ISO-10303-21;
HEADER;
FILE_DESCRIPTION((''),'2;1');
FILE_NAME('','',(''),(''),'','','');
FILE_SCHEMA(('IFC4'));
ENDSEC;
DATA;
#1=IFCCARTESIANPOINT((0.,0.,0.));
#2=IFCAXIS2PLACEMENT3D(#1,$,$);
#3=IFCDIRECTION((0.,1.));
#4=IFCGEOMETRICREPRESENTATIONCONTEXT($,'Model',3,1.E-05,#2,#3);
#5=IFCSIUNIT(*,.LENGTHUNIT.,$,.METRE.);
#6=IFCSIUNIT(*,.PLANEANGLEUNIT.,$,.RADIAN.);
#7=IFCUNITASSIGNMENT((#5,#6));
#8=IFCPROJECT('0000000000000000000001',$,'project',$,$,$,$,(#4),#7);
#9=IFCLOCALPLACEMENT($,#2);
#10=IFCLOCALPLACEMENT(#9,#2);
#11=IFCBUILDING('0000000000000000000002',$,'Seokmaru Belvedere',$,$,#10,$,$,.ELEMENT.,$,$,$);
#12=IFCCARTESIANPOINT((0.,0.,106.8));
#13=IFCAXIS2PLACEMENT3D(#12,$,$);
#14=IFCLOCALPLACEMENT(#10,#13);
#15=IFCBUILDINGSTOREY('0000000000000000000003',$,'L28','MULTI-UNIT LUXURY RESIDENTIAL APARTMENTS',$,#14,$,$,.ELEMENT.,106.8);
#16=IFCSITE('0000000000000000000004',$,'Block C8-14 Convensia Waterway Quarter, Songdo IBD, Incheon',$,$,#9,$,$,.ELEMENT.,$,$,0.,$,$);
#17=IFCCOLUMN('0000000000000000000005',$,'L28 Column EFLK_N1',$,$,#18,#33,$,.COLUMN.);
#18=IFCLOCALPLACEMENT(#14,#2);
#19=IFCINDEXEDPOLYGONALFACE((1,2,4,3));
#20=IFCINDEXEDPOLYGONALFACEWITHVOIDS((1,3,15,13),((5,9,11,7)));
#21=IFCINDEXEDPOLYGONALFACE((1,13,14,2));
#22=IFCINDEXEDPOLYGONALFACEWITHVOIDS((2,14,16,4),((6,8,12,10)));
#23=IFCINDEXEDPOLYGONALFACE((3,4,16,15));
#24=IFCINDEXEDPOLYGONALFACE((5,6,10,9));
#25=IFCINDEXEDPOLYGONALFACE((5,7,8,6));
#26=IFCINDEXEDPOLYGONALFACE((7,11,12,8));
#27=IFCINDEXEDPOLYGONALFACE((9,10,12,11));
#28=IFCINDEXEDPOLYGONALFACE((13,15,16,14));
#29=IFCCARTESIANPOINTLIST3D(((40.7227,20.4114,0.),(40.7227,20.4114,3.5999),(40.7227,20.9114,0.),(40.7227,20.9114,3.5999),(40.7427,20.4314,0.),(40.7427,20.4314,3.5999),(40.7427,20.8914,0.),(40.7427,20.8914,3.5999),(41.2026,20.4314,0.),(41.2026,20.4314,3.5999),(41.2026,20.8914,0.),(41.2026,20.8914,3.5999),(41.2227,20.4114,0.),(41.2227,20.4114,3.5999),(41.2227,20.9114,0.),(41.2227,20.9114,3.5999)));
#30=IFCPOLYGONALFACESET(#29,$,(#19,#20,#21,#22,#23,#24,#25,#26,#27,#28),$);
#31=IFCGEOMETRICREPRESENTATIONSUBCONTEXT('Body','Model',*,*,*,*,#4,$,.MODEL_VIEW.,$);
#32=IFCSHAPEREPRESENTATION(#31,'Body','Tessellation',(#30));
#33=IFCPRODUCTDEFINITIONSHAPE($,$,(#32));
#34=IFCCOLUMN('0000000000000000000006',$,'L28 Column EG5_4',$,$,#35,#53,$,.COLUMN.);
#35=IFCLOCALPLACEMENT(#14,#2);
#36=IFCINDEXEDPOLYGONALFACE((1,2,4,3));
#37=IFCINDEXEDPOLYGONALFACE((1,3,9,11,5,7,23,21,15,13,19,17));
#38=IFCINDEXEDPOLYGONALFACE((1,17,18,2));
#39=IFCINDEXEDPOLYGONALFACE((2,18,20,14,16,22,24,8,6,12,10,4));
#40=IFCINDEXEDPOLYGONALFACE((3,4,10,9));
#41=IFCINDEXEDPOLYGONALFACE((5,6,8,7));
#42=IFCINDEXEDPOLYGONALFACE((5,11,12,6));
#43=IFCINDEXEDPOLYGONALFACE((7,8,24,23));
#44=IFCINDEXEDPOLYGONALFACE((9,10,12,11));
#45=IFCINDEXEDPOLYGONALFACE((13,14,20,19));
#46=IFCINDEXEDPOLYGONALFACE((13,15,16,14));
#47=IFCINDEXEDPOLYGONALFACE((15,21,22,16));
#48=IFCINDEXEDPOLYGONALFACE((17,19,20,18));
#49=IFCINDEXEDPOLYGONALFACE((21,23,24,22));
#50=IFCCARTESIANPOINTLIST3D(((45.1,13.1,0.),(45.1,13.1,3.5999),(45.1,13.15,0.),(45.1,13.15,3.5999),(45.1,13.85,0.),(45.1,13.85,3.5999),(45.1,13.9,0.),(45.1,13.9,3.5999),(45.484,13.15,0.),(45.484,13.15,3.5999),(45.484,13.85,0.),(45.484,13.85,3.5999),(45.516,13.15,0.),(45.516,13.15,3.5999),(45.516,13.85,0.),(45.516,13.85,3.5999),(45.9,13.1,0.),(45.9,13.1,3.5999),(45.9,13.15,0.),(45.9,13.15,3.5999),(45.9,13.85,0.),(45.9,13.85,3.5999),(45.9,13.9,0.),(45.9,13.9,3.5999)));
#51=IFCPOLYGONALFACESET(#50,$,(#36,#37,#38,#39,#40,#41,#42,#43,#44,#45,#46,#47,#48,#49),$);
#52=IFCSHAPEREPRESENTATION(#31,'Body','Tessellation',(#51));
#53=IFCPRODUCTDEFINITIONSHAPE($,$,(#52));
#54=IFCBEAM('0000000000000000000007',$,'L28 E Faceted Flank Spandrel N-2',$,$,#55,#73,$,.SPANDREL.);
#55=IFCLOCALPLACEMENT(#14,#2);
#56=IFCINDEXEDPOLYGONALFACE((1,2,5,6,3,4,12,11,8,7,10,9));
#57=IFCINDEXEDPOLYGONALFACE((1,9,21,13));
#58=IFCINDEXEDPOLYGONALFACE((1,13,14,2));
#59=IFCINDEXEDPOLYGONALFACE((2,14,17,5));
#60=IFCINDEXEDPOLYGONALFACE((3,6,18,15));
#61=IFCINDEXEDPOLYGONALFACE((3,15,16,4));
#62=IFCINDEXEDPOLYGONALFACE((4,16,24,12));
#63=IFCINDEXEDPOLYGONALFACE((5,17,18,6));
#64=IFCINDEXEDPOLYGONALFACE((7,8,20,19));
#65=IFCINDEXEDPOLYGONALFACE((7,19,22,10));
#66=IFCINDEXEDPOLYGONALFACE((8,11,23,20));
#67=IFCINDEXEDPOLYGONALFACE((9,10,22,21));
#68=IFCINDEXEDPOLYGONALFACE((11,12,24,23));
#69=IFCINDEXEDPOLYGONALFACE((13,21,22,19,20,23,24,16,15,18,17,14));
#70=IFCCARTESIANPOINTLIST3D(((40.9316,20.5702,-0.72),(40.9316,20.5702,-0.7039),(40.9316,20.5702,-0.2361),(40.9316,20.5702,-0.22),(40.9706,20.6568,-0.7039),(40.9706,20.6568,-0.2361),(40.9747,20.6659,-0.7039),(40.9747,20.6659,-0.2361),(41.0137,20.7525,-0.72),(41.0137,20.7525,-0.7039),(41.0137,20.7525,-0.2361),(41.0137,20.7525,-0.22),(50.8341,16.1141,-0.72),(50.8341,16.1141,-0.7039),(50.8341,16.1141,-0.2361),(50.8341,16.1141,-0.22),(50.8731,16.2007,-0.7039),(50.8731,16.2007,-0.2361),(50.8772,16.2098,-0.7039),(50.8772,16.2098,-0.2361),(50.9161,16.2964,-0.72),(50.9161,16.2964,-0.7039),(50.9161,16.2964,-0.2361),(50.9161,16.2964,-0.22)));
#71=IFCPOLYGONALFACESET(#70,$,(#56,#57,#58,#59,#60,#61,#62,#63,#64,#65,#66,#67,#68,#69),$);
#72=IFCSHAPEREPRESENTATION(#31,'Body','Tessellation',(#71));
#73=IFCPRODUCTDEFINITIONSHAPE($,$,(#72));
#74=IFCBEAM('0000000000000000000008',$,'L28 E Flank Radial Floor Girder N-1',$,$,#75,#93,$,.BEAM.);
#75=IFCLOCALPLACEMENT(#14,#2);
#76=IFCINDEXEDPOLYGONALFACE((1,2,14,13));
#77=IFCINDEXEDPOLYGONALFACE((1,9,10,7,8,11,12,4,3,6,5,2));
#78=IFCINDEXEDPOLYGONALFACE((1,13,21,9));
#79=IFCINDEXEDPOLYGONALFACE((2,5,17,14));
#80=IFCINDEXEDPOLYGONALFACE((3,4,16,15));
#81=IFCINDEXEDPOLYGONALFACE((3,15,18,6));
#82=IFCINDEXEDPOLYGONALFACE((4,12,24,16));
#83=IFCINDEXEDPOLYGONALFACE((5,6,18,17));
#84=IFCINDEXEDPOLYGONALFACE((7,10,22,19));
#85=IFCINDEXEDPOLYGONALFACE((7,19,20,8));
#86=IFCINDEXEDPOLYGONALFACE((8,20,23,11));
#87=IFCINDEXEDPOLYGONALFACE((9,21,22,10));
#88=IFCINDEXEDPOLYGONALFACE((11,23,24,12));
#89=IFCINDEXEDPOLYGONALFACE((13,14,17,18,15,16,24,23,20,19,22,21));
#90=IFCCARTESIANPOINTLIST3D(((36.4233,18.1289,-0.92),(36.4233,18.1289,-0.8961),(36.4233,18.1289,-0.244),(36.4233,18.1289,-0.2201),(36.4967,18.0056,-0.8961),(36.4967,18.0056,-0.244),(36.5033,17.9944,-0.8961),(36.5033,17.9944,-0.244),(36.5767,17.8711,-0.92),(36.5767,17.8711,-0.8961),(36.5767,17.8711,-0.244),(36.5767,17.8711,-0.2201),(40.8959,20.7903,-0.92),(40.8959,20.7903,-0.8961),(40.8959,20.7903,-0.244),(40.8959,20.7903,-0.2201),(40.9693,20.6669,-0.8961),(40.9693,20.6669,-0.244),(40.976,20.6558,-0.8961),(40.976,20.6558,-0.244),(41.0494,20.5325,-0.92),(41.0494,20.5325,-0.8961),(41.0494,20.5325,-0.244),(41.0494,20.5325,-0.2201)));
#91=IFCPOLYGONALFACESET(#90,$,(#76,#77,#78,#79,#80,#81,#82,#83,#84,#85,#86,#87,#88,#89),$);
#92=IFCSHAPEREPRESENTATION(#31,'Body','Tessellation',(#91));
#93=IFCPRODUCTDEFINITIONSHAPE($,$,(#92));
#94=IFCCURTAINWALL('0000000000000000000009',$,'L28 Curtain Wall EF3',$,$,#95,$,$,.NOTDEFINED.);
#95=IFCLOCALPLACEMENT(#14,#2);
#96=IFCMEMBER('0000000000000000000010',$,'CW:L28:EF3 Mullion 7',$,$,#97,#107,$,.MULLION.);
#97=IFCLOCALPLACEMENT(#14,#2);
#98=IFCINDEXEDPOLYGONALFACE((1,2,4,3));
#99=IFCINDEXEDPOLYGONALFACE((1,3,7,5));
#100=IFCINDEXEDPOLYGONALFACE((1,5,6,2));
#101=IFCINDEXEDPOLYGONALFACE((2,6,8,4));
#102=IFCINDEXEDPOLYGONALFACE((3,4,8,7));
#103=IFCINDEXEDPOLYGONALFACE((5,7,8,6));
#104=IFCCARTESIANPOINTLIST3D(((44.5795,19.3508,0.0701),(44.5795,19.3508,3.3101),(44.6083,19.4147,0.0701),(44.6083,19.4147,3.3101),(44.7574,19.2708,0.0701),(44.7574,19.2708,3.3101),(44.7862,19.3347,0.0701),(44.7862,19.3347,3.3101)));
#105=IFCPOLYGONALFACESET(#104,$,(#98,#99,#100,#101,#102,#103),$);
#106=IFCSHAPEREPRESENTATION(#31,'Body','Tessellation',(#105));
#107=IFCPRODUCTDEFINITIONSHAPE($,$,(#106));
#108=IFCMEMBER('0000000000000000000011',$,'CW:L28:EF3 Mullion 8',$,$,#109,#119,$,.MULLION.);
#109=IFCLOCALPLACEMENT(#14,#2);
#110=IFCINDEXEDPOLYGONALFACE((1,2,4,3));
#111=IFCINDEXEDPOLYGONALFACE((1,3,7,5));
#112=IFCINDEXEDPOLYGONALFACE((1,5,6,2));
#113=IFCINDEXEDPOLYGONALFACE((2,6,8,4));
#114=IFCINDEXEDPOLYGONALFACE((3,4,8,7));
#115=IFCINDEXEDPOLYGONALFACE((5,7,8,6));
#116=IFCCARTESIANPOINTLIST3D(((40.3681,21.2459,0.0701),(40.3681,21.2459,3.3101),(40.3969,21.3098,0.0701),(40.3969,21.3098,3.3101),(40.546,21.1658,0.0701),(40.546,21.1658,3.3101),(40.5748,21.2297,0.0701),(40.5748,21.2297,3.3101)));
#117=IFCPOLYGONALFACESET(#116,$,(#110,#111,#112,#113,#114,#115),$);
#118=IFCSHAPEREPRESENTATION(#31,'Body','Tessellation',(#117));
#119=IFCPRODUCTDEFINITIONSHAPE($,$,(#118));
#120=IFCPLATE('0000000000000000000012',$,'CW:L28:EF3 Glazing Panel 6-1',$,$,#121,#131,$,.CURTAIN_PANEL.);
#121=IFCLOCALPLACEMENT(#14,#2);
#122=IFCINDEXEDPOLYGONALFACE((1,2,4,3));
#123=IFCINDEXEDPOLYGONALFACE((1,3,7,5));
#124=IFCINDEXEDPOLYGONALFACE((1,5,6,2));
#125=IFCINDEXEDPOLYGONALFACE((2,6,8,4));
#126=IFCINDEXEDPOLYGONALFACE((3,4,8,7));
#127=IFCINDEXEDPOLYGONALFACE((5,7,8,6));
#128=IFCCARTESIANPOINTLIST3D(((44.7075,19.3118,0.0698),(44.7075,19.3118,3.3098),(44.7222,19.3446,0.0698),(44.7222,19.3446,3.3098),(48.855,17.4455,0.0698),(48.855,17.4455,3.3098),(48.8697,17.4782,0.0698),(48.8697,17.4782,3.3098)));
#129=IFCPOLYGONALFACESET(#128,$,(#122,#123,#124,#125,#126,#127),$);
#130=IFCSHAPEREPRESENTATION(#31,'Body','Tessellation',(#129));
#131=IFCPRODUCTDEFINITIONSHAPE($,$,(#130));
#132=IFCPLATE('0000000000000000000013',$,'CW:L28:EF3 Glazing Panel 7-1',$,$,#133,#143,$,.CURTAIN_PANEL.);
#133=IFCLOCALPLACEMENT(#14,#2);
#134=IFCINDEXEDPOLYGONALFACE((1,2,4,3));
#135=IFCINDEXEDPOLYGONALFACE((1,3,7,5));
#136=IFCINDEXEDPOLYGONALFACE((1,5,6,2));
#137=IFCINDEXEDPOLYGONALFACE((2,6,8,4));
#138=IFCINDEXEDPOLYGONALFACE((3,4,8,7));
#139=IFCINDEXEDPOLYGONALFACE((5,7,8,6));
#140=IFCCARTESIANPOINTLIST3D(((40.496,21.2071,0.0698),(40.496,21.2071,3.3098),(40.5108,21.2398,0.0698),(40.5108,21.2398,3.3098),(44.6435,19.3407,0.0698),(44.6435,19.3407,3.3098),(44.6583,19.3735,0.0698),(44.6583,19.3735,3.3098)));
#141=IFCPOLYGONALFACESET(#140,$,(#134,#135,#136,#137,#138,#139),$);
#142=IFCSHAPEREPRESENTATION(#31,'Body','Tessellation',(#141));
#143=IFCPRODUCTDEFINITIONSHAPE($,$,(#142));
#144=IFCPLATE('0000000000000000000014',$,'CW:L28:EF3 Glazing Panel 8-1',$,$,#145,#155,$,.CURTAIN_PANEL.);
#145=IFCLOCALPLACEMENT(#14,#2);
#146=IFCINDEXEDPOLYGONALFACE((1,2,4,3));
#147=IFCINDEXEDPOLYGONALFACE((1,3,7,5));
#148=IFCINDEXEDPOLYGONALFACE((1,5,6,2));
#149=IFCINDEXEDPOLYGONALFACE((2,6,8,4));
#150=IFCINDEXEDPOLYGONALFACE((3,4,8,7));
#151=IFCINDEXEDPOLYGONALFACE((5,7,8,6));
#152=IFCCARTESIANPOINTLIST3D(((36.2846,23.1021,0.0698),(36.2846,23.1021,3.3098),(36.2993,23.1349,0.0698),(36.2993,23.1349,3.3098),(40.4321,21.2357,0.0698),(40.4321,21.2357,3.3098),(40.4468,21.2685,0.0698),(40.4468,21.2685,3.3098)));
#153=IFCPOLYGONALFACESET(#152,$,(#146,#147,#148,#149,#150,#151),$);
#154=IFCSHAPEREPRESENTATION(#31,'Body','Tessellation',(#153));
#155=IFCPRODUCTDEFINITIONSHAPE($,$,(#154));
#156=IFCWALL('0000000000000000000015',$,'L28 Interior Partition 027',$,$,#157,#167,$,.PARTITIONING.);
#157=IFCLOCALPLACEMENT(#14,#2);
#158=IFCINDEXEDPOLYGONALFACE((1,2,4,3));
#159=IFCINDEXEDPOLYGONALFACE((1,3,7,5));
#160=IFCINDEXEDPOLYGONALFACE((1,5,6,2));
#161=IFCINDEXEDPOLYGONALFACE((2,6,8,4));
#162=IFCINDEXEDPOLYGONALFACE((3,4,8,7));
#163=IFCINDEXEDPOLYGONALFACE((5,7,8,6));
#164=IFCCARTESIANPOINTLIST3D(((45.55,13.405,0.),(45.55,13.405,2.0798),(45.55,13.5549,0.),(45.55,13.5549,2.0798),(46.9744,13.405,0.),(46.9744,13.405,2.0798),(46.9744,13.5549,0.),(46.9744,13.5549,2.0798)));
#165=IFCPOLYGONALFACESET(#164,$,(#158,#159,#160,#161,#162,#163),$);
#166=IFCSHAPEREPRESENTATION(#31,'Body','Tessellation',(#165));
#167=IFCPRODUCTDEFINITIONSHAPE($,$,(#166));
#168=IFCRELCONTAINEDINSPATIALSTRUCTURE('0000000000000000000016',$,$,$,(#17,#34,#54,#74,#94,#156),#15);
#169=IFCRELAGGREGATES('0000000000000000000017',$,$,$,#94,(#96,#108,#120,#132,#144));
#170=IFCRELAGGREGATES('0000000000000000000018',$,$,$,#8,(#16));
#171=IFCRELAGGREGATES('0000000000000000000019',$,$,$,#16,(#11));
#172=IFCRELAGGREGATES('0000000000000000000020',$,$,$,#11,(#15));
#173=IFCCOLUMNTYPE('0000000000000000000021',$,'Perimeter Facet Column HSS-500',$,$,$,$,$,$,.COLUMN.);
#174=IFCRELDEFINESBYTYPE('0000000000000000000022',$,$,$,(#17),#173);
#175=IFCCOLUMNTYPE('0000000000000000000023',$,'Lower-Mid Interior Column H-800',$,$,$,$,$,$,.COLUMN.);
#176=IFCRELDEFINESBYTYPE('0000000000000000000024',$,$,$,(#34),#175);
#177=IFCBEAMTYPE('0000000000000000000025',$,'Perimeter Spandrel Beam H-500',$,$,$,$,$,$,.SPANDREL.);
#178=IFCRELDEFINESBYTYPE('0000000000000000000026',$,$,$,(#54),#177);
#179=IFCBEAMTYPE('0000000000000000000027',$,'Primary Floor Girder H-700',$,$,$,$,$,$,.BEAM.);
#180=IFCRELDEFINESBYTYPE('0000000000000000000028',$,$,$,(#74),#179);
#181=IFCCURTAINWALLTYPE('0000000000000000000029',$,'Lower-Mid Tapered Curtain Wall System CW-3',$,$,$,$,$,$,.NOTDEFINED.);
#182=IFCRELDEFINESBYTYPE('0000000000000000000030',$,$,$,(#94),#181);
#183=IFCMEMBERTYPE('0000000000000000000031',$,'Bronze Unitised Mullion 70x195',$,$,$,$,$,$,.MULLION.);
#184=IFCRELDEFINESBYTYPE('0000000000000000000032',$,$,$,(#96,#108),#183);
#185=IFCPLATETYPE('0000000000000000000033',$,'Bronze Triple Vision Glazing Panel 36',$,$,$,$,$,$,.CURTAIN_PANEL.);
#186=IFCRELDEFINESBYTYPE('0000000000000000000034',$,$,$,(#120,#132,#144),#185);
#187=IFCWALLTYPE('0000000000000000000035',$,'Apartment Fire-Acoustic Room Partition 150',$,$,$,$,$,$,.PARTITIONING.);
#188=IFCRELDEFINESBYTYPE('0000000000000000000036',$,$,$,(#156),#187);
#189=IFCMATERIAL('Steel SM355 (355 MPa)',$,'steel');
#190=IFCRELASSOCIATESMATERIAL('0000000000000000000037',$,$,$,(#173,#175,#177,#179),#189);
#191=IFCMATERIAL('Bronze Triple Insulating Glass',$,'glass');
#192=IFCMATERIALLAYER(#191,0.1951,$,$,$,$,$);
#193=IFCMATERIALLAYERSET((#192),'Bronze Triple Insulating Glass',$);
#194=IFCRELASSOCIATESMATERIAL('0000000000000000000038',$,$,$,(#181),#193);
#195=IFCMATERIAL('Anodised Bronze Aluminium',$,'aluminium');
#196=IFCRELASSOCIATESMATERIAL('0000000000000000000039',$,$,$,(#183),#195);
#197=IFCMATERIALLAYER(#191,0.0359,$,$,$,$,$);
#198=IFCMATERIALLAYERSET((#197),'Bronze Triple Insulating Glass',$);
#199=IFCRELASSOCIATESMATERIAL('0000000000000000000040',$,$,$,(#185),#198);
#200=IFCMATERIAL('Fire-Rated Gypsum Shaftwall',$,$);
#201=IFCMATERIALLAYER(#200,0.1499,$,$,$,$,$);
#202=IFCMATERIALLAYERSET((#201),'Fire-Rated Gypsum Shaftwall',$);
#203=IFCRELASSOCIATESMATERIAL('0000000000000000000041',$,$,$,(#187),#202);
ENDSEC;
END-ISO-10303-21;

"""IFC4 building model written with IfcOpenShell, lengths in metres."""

from ifc_helpers import new_model, si_unit, direction, frame, frame_2d, origin, origin_2d, place, context, subcontext, project, spatial, rectangle, hollow_rectangle, i_section, extrude, source, transform, mapped, material, layer, layer_set, material_profile, profile_set, type_object, type_shapes, element, aggregate, save


model = new_model("IFC4")

# Units and contexts
model_context = context("Model", 3, precision=1e-05, world=origin(), true_north=direction((0.0, 1.0)))
body_context = subcontext(model_context, "Body", "Model", "MODEL_VIEW")
ifc_project = project(units=[si_unit("LENGTHUNIT", "METRE"), si_unit("PLANEANGLEUNIT", "RADIAN")], contexts=[model_context])

# Site, building, storey
site_placement = place(None, origin())
site = spatial("IfcSite", under=ifc_project, at=site_placement, Name="Block C8-14 Convensia Waterway Quarter, Songdo IBD, Incheon", CompositionType="ELEMENT", RefElevation=0.0)
building_placement = place(site_placement, origin())
building = spatial("IfcBuilding", under=site, at=building_placement, Name="Seokmaru Belvedere", CompositionType="ELEMENT")
storey_placement = place(building_placement, frame((0.0, 0.0, 106.8)))
storey = spatial("IfcBuildingStorey", under=building, at=storey_placement, Name="L28", Description="MULTI-UNIT LUXURY RESIDENTIAL APARTMENTS", CompositionType="ELEMENT", Elevation=106.8)

# Columns
ifc_material_1 = material(Name="Steel SM355 (355 MPa)", Category="steel")
ifc_material_profile_1 = material_profile(ifc_material_1, hollow_rectangle(XDim=0.5, YDim=0.5, WallThickness=0.02, at=origin_2d()), Name="HSS-500x500x20")
ifc_profile_set_1 = profile_set([ifc_material_profile_1], Name="Steel SM355 (355 MPa)")
column_type_1 = type_object("IfcColumnType", Name="Perimeter Facet Column HSS-500", PredefinedType="COLUMN", material=ifc_profile_set_1)
shared_shape_1 = source(origin(), body_context, "Body", "SweptSolid", [
    extrude(hollow_rectangle(XDim=0.5, YDim=0.5, WallThickness=0.02, at=origin_2d()), origin(), (0.0, 0.0, 1.0), 3.5999),
])
type_shapes(column_type_1, [shared_shape_1])
column_1_placement = place(storey_placement, frame((40.9727, 20.6614, 0.0), z_axis=(0.0, 0.0, 1.0), x_axis=(1.0, 0.0, 0.0)))
element("IfcColumn", 1, at=column_1_placement, inside=storey, type_object=column_type_1, Name="L28 Column EFLK_N1", PredefinedType="COLUMN", context=body_context, shape_type="MappedRepresentation", body=[
    mapped(shared_shape_1, transform((0.0, 0.0, 0.0), scale=1.0)),
])
ifc_material_profile_2 = material_profile(ifc_material_1, i_section(OverallWidth=0.8, OverallDepth=0.8, WebThickness=0.032, FlangeThickness=0.05, at=origin_2d()), Name="H-800x800x32x50")
ifc_profile_set_2 = profile_set([ifc_material_profile_2], Name="Steel SM355 (355 MPa)")
column_type_2 = type_object("IfcColumnType", Name="Lower-Mid Interior Column H-800", PredefinedType="COLUMN", material=ifc_profile_set_2)
shared_shape_2 = source(origin(), body_context, "Body", "SweptSolid", [
    extrude(i_section(OverallWidth=0.8, OverallDepth=0.8, WebThickness=0.032, FlangeThickness=0.05, at=origin_2d()), origin(), (0.0, 0.0, 1.0), 3.5999),
])
type_shapes(column_type_2, [shared_shape_2])
column_2_placement = place(storey_placement, frame((45.5, 13.5, 0.0), z_axis=(0.0, 0.0, 1.0), x_axis=(1.0, 0.0, 0.0)))
element("IfcColumn", 2, at=column_2_placement, inside=storey, type_object=column_type_2, Name="L28 Column EG5_4", PredefinedType="COLUMN", context=body_context, shape_type="MappedRepresentation", body=[
    mapped(shared_shape_2, transform((0.0, 0.0, 0.0), scale=1.0)),
])

# Beams
ifc_material_profile_3 = material_profile(ifc_material_1, i_section(OverallWidth=0.2, OverallDepth=0.5, WebThickness=0.01, FlangeThickness=0.0161, at=origin_2d()), Name="H-500x200x10x16")
ifc_profile_set_3 = profile_set([ifc_material_profile_3], Name="Steel SM355 (355 MPa)")
beam_type_1 = type_object("IfcBeamType", Name="Perimeter Spandrel Beam H-500", PredefinedType="SPANDREL", material=ifc_profile_set_3)
shared_shape_3 = source(origin(), body_context, "Body", "SweptSolid", [
    extrude(i_section(OverallWidth=0.2, OverallDepth=0.5, WebThickness=0.01, FlangeThickness=0.0161, at=origin_2d()), origin(), (0.0, 0.0, 1.0), 10.8589),
])
type_shapes(beam_type_1, [shared_shape_3])
beam_1_placement = place(storey_placement, frame((40.9727, 20.6614, -0.47), z_axis=(0.911922, -0.410365, 0.0), x_axis=(0.410365, 0.911922, 0.0)))
element("IfcBeam", 3, at=beam_1_placement, inside=storey, type_object=beam_type_1, Name="L28 E Faceted Flank Spandrel N-2", PredefinedType="SPANDREL", context=body_context, shape_type="MappedRepresentation", body=[
    mapped(shared_shape_3, transform((0.0, 0.0, 0.0), scale=1.0)),
])
ifc_material_profile_4 = material_profile(ifc_material_1, i_section(OverallWidth=0.3, OverallDepth=0.7, WebThickness=0.0129, FlangeThickness=0.0239, at=origin_2d()), Name="H-700x300x13x24")
ifc_profile_set_4 = profile_set([ifc_material_profile_4], Name="Steel SM355 (355 MPa)")
beam_type_2 = type_object("IfcBeamType", Name="Primary Floor Girder H-700", PredefinedType="BEAM", material=ifc_profile_set_4)
shared_shape_4 = source(origin(), body_context, "Body", "SweptSolid", [
    extrude(i_section(OverallWidth=0.3, OverallDepth=0.7, WebThickness=0.0129, FlangeThickness=0.0239, at=origin_2d()), origin(), (0.0, 0.0, 1.0), 5.2046),
])
type_shapes(beam_type_2, [shared_shape_4])
beam_2_placement = place(storey_placement, frame((40.9727, 20.6614, -0.5701), z_axis=(-0.85937, -0.511354, 0.0), x_axis=(0.511354, -0.85937, 0.0)))
element("IfcBeam", 4, at=beam_2_placement, inside=storey, type_object=beam_type_2, Name="L28 E Flank Radial Floor Girder N-1", PredefinedType="BEAM", context=body_context, shape_type="MappedRepresentation", body=[
    mapped(shared_shape_4, transform((0.0, 0.0, 0.0), scale=1.0)),
])

# Curtain wall, members, plates
ifc_material_2 = material(Name="Bronze Triple Insulating Glass", Category="glass")
ifc_layer_1 = layer(ifc_material_2, 0.1951)
ifc_layer_set_1 = layer_set([ifc_layer_1], Name="Bronze Triple Insulating Glass")
curtain_wall_type = type_object("IfcCurtainWallType", Name="Lower-Mid Tapered Curtain Wall System CW-3", PredefinedType="NOTDEFINED", material=ifc_layer_set_1)
curtain_wall_placement = place(storey_placement, origin())
curtain_wall = element("IfcCurtainWall", 5, at=curtain_wall_placement, inside=storey, type_object=curtain_wall_type, Name="L28 Curtain Wall EF3", PredefinedType="NOTDEFINED")
ifc_material_3 = material(Name="Anodised Bronze Aluminium", Category="aluminium")
ifc_material_profile_5 = material_profile(ifc_material_3, rectangle(XDim=0.0701, YDim=0.1951, at=origin_2d()), Name="CW-M-70x195")
ifc_profile_set_5 = profile_set([ifc_material_profile_5], Name="Anodised Bronze Aluminium")
member_type = type_object("IfcMemberType", Name="Bronze Unitised Mullion 70x195", PredefinedType="MULLION", material=ifc_profile_set_5)
shared_shape_5 = source(origin(), body_context, "Body", "SweptSolid", [
    extrude(rectangle(XDim=0.0701, YDim=0.1951, at=origin_2d()), origin(), (0.0, 0.0, 1.0), 3.24),
])
type_shapes(member_type, [shared_shape_5])
member_1_placement = place(storey_placement, frame((44.6829, 19.3428, 0.0701), z_axis=(0.0, 0.0, 1.0), x_axis=(-0.410366, -0.911921, 0.0)))
member_1 = element("IfcMember", 6, at=member_1_placement, type_object=member_type, Name="CW:L28:EF3 Mullion 7", PredefinedType="MULLION", context=body_context, shape_type="MappedRepresentation", body=[
    mapped(shared_shape_5, transform((0.0, 0.0, 0.0), scale=1.0)),
])
member_2_placement = place(storey_placement, frame((40.4714, 21.2378, 0.0701), z_axis=(0.0, 0.0, 1.0), x_axis=(-0.410366, -0.911921, 0.0)))
member_2 = element("IfcMember", 7, at=member_2_placement, type_object=member_type, Name="CW:L28:EF3 Mullion 8", PredefinedType="MULLION", context=body_context, shape_type="MappedRepresentation", body=[
    mapped(shared_shape_5, transform((0.0, 0.0, 0.0), scale=1.0)),
])
ifc_layer_2 = layer(ifc_material_2, 0.0359)
ifc_layer_set_2 = layer_set([ifc_layer_2], Name="Bronze Triple Insulating Glass")
plate_type = type_object("IfcPlateType", Name="Bronze Triple Vision Glazing Panel 36", PredefinedType="CURTAIN_PANEL", material=ifc_layer_set_2)
shared_shape_6 = source(origin(), body_context, "Body", "SweptSolid", [
    extrude(rectangle(XDim=4.5481, YDim=0.0359, at=origin_2d()), origin(), (0.0, 0.0, 1.0), 3.24),
])
type_shapes(plate_type, [shared_shape_6])
plate_1_placement = place(storey_placement, frame((46.7886, 18.395, 0.0698), z_axis=(0.0, 0.0, 1.0), x_axis=(-0.911921, 0.410366, 0.0)))
plate_1 = element("IfcPlate", 8, at=plate_1_placement, type_object=plate_type, Name="CW:L28:EF3 Glazing Panel 6-1", PredefinedType="CURTAIN_PANEL", context=body_context, shape_type="MappedRepresentation", body=[
    mapped(shared_shape_6, transform((0.0, 0.0, 0.0), scale=1.0)),
])
plate_2_placement = place(storey_placement, frame((42.5771, 20.2903, 0.0698), z_axis=(0.0, 0.0, 1.0), x_axis=(-0.911921, 0.410366, 0.0)))
plate_2 = element("IfcPlate", 9, at=plate_2_placement, type_object=plate_type, Name="CW:L28:EF3 Glazing Panel 7-1", PredefinedType="CURTAIN_PANEL", context=body_context, shape_type="MappedRepresentation", body=[
    mapped(shared_shape_6, transform((0.0, 0.0, 0.0), scale=1.0)),
])
plate_3_placement = place(storey_placement, frame((38.3657, 22.1853, 0.0698), z_axis=(0.0, 0.0, 1.0), x_axis=(-0.911921, 0.410366, 0.0)))
plate_3 = element("IfcPlate", 10, at=plate_3_placement, type_object=plate_type, Name="CW:L28:EF3 Glazing Panel 8-1", PredefinedType="CURTAIN_PANEL", context=body_context, shape_type="MappedRepresentation", body=[
    mapped(shared_shape_6, transform((0.0, 0.0, 0.0), scale=1.0)),
])
aggregate(curtain_wall, [member_1, member_2, plate_1, plate_2, plate_3])

# Wall
ifc_material_4 = material(Name="Fire-Rated Gypsum Shaftwall")
ifc_layer_3 = layer(ifc_material_4, 0.1499)
ifc_layer_set_3 = layer_set([ifc_layer_3], Name="Fire-Rated Gypsum Shaftwall")
wall_type_1 = type_object("IfcWallType", Name="Apartment Fire-Acoustic Room Partition 150", PredefinedType="PARTITIONING", material=ifc_layer_set_3)
wall_1_placement = place(storey_placement, frame((45.55, 13.48, 0.0), z_axis=(0.0, 0.0, 1.0), x_axis=(1.0, 0.0, 0.0)))
element("IfcWall", 11, at=wall_1_placement, inside=storey, type_object=wall_type_1, Name="L28 Interior Partition 027", PredefinedType="PARTITIONING", context=body_context, shape_type="SweptSolid", body=[
    extrude(rectangle(XDim=1.4243, YDim=0.1499, at=frame_2d((0.7122, 0.0))), origin(), (0.0, 0.0, 1.0), 2.0798),
])

save(model, "model.ifc")
